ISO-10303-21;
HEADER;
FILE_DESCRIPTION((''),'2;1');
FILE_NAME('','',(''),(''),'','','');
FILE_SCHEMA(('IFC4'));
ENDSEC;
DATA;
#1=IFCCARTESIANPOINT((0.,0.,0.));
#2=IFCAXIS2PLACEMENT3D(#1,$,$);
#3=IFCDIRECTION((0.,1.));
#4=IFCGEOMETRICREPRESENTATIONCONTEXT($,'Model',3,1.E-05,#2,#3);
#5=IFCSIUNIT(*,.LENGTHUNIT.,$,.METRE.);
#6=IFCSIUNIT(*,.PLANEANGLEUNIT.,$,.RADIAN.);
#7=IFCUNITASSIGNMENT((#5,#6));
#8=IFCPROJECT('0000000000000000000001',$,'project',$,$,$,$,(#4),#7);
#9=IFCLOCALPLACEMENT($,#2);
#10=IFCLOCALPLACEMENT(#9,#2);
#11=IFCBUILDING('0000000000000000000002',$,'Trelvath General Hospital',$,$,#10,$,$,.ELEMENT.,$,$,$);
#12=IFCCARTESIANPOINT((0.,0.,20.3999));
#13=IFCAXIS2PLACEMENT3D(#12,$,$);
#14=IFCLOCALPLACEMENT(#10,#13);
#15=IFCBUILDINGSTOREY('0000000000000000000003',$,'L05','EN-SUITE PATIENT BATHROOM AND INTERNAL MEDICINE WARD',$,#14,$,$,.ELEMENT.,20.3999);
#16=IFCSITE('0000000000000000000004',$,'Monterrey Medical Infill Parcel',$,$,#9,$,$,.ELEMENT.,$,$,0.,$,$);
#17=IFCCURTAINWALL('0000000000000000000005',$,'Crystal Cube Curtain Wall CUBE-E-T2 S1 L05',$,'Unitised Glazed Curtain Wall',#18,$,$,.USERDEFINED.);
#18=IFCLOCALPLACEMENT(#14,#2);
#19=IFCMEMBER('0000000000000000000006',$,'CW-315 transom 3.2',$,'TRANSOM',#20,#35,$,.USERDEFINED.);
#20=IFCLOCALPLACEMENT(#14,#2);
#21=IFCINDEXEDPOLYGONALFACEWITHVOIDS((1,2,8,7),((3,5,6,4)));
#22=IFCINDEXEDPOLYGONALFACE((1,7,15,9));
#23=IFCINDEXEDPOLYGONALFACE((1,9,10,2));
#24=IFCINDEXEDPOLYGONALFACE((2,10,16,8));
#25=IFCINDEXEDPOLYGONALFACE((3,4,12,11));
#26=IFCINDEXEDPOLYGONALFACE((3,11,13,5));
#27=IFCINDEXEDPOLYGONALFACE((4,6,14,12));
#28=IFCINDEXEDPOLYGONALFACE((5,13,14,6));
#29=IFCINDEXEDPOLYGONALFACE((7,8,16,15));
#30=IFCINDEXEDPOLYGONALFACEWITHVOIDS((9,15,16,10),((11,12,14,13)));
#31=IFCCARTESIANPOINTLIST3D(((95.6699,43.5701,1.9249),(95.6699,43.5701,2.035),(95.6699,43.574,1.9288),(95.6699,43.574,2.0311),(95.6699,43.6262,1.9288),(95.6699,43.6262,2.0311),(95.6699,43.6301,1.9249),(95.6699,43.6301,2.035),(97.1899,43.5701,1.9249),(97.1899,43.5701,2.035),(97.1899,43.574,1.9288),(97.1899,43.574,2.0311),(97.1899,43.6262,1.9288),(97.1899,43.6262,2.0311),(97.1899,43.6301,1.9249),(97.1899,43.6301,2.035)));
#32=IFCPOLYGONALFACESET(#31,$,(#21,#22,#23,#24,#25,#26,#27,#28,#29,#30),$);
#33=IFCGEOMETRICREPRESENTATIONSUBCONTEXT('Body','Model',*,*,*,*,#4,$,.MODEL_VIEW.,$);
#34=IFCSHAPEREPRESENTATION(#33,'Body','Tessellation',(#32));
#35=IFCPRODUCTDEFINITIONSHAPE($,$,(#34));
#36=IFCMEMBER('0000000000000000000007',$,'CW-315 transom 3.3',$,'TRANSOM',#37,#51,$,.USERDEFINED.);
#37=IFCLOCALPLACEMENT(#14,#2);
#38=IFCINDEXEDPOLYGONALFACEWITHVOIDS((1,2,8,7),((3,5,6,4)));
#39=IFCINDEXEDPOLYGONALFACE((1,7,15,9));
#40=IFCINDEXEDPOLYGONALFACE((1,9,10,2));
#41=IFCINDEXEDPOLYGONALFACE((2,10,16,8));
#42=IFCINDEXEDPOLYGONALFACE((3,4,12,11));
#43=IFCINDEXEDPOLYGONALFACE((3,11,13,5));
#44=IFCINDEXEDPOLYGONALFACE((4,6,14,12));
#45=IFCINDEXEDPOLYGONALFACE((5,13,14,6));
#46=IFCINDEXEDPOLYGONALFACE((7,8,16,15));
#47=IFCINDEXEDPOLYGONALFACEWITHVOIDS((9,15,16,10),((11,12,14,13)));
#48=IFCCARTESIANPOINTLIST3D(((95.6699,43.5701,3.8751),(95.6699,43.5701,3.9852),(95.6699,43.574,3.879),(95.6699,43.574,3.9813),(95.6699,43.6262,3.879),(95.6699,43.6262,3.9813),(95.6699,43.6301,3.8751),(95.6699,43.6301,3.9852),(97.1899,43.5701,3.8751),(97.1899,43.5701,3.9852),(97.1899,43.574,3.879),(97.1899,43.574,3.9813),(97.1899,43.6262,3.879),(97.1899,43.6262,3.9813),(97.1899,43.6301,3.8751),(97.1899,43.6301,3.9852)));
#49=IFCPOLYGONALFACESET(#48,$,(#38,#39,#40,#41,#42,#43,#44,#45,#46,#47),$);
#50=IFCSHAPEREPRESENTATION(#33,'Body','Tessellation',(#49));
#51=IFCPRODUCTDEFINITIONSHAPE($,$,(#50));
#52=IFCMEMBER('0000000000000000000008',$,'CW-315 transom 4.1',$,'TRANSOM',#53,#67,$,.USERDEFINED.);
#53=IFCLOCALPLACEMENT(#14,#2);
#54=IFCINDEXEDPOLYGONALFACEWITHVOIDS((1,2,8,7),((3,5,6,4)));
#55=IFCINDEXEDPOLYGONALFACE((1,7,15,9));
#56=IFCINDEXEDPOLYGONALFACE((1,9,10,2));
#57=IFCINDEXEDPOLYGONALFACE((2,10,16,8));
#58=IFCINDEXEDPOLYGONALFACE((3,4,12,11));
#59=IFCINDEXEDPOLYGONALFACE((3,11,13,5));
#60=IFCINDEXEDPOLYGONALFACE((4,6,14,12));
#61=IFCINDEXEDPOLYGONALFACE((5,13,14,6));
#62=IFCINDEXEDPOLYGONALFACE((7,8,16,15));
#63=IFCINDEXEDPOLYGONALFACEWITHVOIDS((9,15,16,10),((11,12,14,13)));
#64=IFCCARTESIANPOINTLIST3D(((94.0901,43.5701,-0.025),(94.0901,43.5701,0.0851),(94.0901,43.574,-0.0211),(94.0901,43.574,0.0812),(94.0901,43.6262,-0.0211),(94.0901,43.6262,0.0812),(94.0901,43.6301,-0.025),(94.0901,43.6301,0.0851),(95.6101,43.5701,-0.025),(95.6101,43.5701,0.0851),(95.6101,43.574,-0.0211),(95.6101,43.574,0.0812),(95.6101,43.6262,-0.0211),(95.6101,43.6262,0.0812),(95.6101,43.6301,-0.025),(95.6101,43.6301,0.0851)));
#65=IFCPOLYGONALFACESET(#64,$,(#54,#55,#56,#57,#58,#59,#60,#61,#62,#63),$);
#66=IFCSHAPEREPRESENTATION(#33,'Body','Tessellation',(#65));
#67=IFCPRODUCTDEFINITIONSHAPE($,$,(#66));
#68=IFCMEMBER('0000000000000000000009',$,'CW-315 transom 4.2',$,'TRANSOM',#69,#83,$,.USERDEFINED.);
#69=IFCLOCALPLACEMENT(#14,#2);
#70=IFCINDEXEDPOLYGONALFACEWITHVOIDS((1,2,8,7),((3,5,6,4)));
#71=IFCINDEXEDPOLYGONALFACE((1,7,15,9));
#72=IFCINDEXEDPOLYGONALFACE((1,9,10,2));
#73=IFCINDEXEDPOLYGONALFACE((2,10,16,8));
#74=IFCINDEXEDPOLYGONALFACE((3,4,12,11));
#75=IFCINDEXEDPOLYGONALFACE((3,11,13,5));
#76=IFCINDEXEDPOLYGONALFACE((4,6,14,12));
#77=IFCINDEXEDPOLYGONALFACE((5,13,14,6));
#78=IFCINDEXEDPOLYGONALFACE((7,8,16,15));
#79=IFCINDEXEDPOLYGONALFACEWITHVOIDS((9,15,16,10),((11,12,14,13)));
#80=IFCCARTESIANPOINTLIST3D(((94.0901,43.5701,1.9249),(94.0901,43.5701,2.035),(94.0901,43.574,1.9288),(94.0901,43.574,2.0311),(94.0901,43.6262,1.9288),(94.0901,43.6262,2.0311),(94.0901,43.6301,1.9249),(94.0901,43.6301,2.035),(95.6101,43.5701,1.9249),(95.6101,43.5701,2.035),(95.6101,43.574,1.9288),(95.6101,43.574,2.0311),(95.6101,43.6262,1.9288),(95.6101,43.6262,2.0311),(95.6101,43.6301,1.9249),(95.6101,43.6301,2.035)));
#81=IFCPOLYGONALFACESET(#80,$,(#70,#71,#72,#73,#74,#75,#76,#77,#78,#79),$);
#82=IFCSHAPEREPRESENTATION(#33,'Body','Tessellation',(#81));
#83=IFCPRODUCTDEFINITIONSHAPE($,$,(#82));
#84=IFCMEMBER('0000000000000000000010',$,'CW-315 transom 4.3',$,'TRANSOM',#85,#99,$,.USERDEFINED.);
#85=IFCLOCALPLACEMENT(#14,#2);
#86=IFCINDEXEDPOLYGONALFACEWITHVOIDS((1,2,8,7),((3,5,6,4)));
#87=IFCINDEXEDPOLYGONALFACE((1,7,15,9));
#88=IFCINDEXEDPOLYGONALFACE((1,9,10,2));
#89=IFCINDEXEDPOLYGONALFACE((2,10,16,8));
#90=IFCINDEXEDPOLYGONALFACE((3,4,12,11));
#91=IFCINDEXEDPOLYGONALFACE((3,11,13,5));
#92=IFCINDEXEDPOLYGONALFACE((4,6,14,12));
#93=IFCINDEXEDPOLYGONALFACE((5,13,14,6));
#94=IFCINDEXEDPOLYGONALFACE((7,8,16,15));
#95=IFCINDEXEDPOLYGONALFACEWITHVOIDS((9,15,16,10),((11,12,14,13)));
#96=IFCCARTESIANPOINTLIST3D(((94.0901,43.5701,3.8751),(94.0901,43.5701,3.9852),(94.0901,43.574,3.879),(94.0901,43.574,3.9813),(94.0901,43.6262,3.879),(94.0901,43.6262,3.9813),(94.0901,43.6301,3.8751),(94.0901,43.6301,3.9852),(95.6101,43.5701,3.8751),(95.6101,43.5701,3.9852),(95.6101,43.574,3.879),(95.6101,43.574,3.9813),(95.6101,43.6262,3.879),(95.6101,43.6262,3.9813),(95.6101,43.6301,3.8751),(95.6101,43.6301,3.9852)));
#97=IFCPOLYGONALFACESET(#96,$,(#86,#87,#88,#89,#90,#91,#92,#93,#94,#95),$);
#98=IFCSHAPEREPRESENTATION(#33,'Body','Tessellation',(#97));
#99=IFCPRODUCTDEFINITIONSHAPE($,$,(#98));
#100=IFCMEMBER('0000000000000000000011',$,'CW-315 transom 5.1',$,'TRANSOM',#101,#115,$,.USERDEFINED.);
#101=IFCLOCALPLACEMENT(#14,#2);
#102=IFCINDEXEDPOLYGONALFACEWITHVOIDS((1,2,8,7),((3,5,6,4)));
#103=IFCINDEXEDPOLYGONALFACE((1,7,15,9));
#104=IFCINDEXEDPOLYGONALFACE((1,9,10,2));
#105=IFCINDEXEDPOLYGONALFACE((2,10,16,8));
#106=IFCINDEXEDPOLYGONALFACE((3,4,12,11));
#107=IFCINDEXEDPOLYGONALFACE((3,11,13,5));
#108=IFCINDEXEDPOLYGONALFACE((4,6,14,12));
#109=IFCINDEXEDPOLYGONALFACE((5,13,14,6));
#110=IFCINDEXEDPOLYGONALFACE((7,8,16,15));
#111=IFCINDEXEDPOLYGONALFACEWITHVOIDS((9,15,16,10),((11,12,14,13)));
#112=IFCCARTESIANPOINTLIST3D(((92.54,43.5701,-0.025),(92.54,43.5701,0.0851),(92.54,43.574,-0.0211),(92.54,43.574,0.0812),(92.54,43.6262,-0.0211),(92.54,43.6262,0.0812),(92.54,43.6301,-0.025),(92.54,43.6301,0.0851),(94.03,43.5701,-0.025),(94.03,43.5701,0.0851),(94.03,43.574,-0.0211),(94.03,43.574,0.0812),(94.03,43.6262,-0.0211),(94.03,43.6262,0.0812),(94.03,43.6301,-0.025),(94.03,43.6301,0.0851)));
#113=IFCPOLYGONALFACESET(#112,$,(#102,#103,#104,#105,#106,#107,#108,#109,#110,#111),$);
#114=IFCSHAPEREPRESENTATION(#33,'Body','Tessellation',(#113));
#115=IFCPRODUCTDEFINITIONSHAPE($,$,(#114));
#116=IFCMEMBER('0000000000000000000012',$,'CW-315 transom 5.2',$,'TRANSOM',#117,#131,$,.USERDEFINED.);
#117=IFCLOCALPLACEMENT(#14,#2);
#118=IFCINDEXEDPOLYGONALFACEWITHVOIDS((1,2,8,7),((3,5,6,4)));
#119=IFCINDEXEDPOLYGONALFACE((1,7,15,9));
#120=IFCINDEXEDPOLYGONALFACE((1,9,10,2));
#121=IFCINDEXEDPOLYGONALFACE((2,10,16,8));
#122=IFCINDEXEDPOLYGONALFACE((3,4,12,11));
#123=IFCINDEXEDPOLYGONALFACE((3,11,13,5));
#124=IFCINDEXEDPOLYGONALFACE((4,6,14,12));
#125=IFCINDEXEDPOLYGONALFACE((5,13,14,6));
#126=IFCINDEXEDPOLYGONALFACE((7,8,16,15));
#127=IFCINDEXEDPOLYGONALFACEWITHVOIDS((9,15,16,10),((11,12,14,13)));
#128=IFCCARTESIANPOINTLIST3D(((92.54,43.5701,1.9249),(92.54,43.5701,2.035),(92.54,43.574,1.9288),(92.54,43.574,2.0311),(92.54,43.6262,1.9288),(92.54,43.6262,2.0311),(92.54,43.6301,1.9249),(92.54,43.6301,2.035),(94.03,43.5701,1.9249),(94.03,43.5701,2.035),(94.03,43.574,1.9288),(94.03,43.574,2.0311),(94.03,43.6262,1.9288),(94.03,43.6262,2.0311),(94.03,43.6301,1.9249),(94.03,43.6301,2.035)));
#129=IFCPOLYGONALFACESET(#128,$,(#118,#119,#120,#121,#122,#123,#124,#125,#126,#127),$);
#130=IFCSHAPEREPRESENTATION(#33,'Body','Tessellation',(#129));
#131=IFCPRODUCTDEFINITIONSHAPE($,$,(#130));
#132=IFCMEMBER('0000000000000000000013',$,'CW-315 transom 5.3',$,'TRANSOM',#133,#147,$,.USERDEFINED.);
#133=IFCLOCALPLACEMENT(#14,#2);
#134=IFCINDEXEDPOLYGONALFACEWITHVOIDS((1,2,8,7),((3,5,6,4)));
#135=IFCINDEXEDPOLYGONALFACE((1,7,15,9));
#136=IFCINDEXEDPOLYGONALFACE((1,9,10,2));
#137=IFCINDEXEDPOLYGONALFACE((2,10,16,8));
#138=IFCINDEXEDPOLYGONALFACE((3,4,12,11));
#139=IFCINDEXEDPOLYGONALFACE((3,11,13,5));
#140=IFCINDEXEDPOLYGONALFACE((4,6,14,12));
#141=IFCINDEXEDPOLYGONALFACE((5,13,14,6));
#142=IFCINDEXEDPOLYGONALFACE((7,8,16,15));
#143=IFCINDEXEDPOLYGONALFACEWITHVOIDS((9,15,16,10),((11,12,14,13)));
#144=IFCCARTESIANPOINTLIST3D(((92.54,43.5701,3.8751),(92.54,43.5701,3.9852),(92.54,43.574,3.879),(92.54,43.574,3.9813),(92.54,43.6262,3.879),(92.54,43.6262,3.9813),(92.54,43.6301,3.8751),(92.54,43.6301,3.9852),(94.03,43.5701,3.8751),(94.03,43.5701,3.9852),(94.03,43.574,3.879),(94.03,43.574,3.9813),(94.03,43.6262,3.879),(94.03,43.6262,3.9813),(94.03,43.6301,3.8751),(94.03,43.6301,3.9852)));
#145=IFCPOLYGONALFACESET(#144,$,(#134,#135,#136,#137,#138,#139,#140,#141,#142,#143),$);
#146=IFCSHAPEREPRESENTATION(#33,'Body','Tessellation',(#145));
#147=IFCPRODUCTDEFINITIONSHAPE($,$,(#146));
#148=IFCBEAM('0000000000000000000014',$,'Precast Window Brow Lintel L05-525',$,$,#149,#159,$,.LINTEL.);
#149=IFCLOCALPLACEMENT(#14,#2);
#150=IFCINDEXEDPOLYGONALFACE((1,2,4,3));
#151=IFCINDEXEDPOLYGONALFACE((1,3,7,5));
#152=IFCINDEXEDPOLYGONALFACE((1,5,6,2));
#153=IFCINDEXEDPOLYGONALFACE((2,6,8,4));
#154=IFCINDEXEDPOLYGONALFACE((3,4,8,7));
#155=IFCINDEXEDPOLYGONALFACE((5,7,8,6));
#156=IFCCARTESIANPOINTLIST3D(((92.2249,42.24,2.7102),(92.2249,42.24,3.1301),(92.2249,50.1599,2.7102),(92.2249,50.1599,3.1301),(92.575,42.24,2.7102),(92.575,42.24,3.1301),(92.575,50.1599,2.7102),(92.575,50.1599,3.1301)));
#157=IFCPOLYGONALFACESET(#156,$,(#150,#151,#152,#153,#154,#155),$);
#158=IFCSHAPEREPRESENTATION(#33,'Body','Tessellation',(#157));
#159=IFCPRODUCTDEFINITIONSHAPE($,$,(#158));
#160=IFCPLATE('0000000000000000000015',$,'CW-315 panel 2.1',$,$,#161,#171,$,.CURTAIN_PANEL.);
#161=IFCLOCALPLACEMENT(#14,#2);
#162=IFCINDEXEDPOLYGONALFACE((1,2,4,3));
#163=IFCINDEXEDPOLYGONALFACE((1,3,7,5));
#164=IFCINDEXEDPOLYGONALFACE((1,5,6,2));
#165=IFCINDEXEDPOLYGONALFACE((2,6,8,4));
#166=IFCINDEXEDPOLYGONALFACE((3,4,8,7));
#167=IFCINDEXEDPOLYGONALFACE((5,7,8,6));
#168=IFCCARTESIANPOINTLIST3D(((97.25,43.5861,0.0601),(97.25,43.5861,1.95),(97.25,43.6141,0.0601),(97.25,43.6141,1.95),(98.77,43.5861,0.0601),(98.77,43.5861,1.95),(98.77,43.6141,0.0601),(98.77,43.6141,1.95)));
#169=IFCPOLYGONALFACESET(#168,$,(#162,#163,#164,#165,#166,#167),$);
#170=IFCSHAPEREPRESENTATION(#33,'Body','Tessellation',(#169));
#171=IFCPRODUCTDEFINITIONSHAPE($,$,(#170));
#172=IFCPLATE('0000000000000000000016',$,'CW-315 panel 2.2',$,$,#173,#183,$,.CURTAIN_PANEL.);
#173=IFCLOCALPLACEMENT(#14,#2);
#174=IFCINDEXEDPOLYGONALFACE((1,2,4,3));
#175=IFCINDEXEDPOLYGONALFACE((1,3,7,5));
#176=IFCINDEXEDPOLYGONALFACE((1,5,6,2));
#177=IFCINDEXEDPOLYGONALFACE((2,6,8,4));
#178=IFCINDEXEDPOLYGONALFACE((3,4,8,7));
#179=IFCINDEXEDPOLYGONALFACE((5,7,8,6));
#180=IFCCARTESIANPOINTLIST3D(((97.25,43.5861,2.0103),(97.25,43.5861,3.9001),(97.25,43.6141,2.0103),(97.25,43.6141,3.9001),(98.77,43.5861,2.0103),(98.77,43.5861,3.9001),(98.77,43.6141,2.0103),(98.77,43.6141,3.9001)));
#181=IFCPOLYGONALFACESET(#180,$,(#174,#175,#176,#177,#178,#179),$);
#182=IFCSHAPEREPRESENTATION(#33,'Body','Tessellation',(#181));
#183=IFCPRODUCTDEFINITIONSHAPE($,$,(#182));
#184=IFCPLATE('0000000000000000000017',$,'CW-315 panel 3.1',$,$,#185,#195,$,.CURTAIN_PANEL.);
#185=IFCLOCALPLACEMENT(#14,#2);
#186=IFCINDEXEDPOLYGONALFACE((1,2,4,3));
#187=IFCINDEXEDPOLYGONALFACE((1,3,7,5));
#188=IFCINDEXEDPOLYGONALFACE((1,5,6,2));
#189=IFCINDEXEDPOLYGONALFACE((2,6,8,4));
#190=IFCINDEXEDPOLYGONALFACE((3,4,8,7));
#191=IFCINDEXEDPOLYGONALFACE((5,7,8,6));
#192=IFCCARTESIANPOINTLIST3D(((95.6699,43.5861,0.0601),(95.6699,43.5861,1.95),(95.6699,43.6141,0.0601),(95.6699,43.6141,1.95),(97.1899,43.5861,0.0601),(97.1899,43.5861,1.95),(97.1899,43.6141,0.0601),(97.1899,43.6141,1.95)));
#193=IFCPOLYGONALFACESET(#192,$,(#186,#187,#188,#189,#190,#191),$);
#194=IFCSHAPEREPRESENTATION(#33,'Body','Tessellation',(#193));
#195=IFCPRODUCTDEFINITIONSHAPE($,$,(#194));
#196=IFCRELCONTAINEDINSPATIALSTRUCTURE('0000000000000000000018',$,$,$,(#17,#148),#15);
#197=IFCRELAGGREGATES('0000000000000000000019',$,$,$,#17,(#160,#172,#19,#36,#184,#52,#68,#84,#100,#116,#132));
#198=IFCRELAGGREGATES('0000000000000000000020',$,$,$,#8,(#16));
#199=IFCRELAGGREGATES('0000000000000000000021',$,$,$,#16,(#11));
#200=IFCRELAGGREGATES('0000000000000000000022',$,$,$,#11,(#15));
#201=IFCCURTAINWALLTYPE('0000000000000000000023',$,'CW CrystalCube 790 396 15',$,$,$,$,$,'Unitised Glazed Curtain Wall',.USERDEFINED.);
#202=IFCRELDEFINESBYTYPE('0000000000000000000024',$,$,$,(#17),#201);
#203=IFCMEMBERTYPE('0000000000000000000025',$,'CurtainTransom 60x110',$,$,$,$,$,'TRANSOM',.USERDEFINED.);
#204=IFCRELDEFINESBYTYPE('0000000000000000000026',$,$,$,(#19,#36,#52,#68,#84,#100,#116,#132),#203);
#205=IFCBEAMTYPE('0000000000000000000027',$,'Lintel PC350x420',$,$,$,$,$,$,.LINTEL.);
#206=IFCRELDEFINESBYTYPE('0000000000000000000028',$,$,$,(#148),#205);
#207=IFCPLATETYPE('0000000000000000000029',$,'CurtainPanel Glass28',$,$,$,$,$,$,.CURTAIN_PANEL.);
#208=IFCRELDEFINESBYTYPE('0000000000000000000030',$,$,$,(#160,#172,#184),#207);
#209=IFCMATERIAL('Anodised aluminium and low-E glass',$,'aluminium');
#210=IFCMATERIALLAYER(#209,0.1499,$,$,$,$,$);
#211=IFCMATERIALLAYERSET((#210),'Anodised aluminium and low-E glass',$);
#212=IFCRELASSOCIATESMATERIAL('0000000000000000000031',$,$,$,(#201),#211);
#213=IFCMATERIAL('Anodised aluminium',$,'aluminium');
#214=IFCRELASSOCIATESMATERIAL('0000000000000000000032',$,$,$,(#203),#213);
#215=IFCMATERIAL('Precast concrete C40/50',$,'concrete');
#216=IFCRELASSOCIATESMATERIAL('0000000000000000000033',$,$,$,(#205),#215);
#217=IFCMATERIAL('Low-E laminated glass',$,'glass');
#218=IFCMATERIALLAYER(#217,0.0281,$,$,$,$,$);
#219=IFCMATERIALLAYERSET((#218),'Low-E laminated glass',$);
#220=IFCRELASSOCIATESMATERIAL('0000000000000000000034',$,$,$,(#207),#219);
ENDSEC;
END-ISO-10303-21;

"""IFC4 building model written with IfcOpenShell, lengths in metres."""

from ifc_helpers import new_model, si_unit, direction, frame, origin, origin_2d, place, context, subcontext, project, spatial, rectangle, hollow_rectangle, extrude, material, layer, layer_set, material_profile, profile_set, type_object, element, aggregate, save


model = new_model("IFC4")

# Units and contexts
model_context = context("Model", 3, precision=1e-05, world=origin(), true_north=direction((0.0, 1.0)))
body_context = subcontext(model_context, "Body", "Model", "MODEL_VIEW")
ifc_project = project(units=[si_unit("LENGTHUNIT", "METRE"), si_unit("PLANEANGLEUNIT", "RADIAN")], contexts=[model_context])

# Site, building, storey
site_placement = place(None, origin())
site = spatial("IfcSite", under=ifc_project, at=site_placement, Name="Monterrey Medical Infill Parcel", CompositionType="ELEMENT", RefElevation=0.0)
building_placement = place(site_placement, origin())
building = spatial("IfcBuilding", under=site, at=building_placement, Name="Trelvath General Hospital", CompositionType="ELEMENT")
storey_placement = place(building_placement, frame((0.0, 0.0, 20.3999)))
storey = spatial("IfcBuildingStorey", under=building, at=storey_placement, Name="L05", Description="EN-SUITE PATIENT BATHROOM AND INTERNAL MEDICINE WARD", CompositionType="ELEMENT", Elevation=20.3999)

# Curtain wall, members
ifc_material_1 = material(Name="Anodised aluminium and low-E glass", Category="aluminium")
ifc_layer_1 = layer(ifc_material_1, 0.1499)
ifc_layer_set_1 = layer_set([ifc_layer_1], Name="Anodised aluminium and low-E glass")
curtain_wall_type = type_object("IfcCurtainWallType", Name="CW CrystalCube 790 396 15", ElementType="Unitised Glazed Curtain Wall", PredefinedType="USERDEFINED", material=ifc_layer_set_1)
curtain_wall_placement = place(storey_placement, origin())
curtain_wall = element("IfcCurtainWall", 1, at=curtain_wall_placement, inside=storey, type_object=curtain_wall_type, Name="Crystal Cube Curtain Wall CUBE-E-T2 S1 L05", ObjectType="Unitised Glazed Curtain Wall", PredefinedType="USERDEFINED")
ifc_material_2 = material(Name="Anodised aluminium", Category="aluminium")
ifc_material_profile_1 = material_profile(ifc_material_2, hollow_rectangle(XDim=0.0601, YDim=0.1101, WallThickness=0.0039, at=origin_2d()), Name="RHS60x110x4")
ifc_profile_set_1 = profile_set([ifc_material_profile_1], Name="Anodised aluminium")
member_type_1 = type_object("IfcMemberType", Name="CurtainTransom 60x110", ElementType="TRANSOM", PredefinedType="USERDEFINED", material=ifc_profile_set_1)
member_1_placement = place(storey_placement, frame((97.1899, 43.6001, 1.98), z_axis=(-1.0, 0.0, 0.0), x_axis=(0.0, -1.0, 0.0)))
member_1 = element("IfcMember", 2, at=member_1_placement, type_object=member_type_1, Name="CW-315 transom 3.2", ObjectType="TRANSOM", PredefinedType="USERDEFINED", context=body_context, shape_type="SweptSolid", body=[
    extrude(hollow_rectangle(XDim=0.0601, YDim=0.1101, WallThickness=0.0039, at=origin_2d()), origin(), (0.0, 0.0, 1.0), 1.52),
])
member_2_placement = place(storey_placement, frame((97.1899, 43.6001, 3.9302), z_axis=(-1.0, 0.0, 0.0), x_axis=(0.0, -1.0, 0.0)))
member_2 = element("IfcMember", 3, at=member_2_placement, type_object=member_type_1, Name="CW-315 transom 3.3", ObjectType="TRANSOM", PredefinedType="USERDEFINED", context=body_context, shape_type="SweptSolid", body=[
    extrude(hollow_rectangle(XDim=0.0601, YDim=0.1101, WallThickness=0.0039, at=origin_2d()), origin(), (0.0, 0.0, 1.0), 1.52),
])
member_3_placement = place(storey_placement, frame((95.6101, 43.6001, 0.03), z_axis=(-1.0, 0.0, 0.0), x_axis=(0.0, -1.0, 0.0)))
member_3 = element("IfcMember", 4, at=member_3_placement, type_object=member_type_1, Name="CW-315 transom 4.1", ObjectType="TRANSOM", PredefinedType="USERDEFINED", context=body_context, shape_type="SweptSolid", body=[
    extrude(hollow_rectangle(XDim=0.0601, YDim=0.1101, WallThickness=0.0039, at=origin_2d()), origin(), (0.0, 0.0, 1.0), 1.52),
])
member_4_placement = place(storey_placement, frame((95.6101, 43.6001, 1.98), z_axis=(-1.0, 0.0, 0.0), x_axis=(0.0, -1.0, 0.0)))
member_4 = element("IfcMember", 5, at=member_4_placement, type_object=member_type_1, Name="CW-315 transom 4.2", ObjectType="TRANSOM", PredefinedType="USERDEFINED", context=body_context, shape_type="SweptSolid", body=[
    extrude(hollow_rectangle(XDim=0.0601, YDim=0.1101, WallThickness=0.0039, at=origin_2d()), origin(), (0.0, 0.0, 1.0), 1.52),
])
member_5_placement = place(storey_placement, frame((95.6101, 43.6001, 3.9302), z_axis=(-1.0, 0.0, 0.0), x_axis=(0.0, -1.0, 0.0)))
member_5 = element("IfcMember", 6, at=member_5_placement, type_object=member_type_1, Name="CW-315 transom 4.3", ObjectType="TRANSOM", PredefinedType="USERDEFINED", context=body_context, shape_type="SweptSolid", body=[
    extrude(hollow_rectangle(XDim=0.0601, YDim=0.1101, WallThickness=0.0039, at=origin_2d()), origin(), (0.0, 0.0, 1.0), 1.52),
])
member_6_placement = place(storey_placement, frame((94.03, 43.6001, 0.03), z_axis=(-1.0, 0.0, 0.0), x_axis=(0.0, -1.0, 0.0)))
member_6 = element("IfcMember", 7, at=member_6_placement, type_object=member_type_1, Name="CW-315 transom 5.1", ObjectType="TRANSOM", PredefinedType="USERDEFINED", context=body_context, shape_type="SweptSolid", body=[
    extrude(hollow_rectangle(XDim=0.0601, YDim=0.1101, WallThickness=0.0039, at=origin_2d()), origin(), (0.0, 0.0, 1.0), 1.49),
])
member_7_placement = place(storey_placement, frame((94.03, 43.6001, 1.98), z_axis=(-1.0, 0.0, 0.0), x_axis=(0.0, -1.0, 0.0)))
member_7 = element("IfcMember", 8, at=member_7_placement, type_object=member_type_1, Name="CW-315 transom 5.2", ObjectType="TRANSOM", PredefinedType="USERDEFINED", context=body_context, shape_type="SweptSolid", body=[
    extrude(hollow_rectangle(XDim=0.0601, YDim=0.1101, WallThickness=0.0039, at=origin_2d()), origin(), (0.0, 0.0, 1.0), 1.49),
])
member_8_placement = place(storey_placement, frame((94.03, 43.6001, 3.9302), z_axis=(-1.0, 0.0, 0.0), x_axis=(0.0, -1.0, 0.0)))
member_8 = element("IfcMember", 9, at=member_8_placement, type_object=member_type_1, Name="CW-315 transom 5.3", ObjectType="TRANSOM", PredefinedType="USERDEFINED", context=body_context, shape_type="SweptSolid", body=[
    extrude(hollow_rectangle(XDim=0.0601, YDim=0.1101, WallThickness=0.0039, at=origin_2d()), origin(), (0.0, 0.0, 1.0), 1.49),
])

# Beam
ifc_material_3 = material(Name="Precast concrete C40/50", Category="concrete")
ifc_material_profile_2 = material_profile(ifc_material_3, rectangle(XDim=0.3501, YDim=0.4199, at=origin_2d()), Name="PCL350x420")
ifc_profile_set_2 = profile_set([ifc_material_profile_2], Name="Precast concrete C40/50")
beam_type_1 = type_object("IfcBeamType", Name="Lintel PC350x420", PredefinedType="LINTEL", material=ifc_profile_set_2)
beam_1_placement = place(storey_placement, frame((92.3999, 50.1599, 2.9202), z_axis=(0.0, -1.0, 0.0), x_axis=(1.0, 0.0, 0.0)))
element("IfcBeam", 10, at=beam_1_placement, inside=storey, type_object=beam_type_1, Name="Precast Window Brow Lintel L05-525", PredefinedType="LINTEL", context=body_context, shape_type="SweptSolid", body=[
    extrude(rectangle(XDim=0.3501, YDim=0.4199, at=origin_2d()), origin(), (0.0, 0.0, 1.0), 7.9199),
])

# Plates
ifc_material_4 = material(Name="Low-E laminated glass", Category="glass")
ifc_layer_2 = layer(ifc_material_4, 0.0281)
ifc_layer_set_2 = layer_set([ifc_layer_2], Name="Low-E laminated glass")
plate_type = type_object("IfcPlateType", Name="CurtainPanel Glass28", PredefinedType="CURTAIN_PANEL", material=ifc_layer_set_2)
plate_1_placement = place(storey_placement, frame((98.01, 43.6001, 0.0601), z_axis=(0.0, 0.0, 1.0), x_axis=(-1.0, 0.0, 0.0)))
plate_1 = element("IfcPlate", 11, at=plate_1_placement, type_object=plate_type, Name="CW-315 panel 2.1", PredefinedType="CURTAIN_PANEL", context=body_context, shape_type="SweptSolid", body=[
    extrude(rectangle(XDim=1.52, YDim=0.0281, at=origin_2d()), origin(), (0.0, 0.0, 1.0), 1.8899),
])
plate_2_placement = place(storey_placement, frame((98.01, 43.6001, 2.0103), z_axis=(0.0, 0.0, 1.0), x_axis=(-1.0, 0.0, 0.0)))
plate_2 = element("IfcPlate", 12, at=plate_2_placement, type_object=plate_type, Name="CW-315 panel 2.2", PredefinedType="CURTAIN_PANEL", context=body_context, shape_type="SweptSolid", body=[
    extrude(rectangle(XDim=1.52, YDim=0.0281, at=origin_2d()), origin(), (0.0, 0.0, 1.0), 1.8899),
])
plate_3_placement = place(storey_placement, frame((96.4299, 43.6001, 0.0601), z_axis=(0.0, 0.0, 1.0), x_axis=(-1.0, 0.0, 0.0)))
plate_3 = element("IfcPlate", 13, at=plate_3_placement, type_object=plate_type, Name="CW-315 panel 3.1", PredefinedType="CURTAIN_PANEL", context=body_context, shape_type="SweptSolid", body=[
    extrude(rectangle(XDim=1.52, YDim=0.0281, at=origin_2d()), origin(), (0.0, 0.0, 1.0), 1.8899),
])
aggregate(curtain_wall, [plate_1, plate_2, member_1, member_2, plate_3, member_3, member_4, member_5, member_6, member_7, member_8])

save(model, "model.ifc")
